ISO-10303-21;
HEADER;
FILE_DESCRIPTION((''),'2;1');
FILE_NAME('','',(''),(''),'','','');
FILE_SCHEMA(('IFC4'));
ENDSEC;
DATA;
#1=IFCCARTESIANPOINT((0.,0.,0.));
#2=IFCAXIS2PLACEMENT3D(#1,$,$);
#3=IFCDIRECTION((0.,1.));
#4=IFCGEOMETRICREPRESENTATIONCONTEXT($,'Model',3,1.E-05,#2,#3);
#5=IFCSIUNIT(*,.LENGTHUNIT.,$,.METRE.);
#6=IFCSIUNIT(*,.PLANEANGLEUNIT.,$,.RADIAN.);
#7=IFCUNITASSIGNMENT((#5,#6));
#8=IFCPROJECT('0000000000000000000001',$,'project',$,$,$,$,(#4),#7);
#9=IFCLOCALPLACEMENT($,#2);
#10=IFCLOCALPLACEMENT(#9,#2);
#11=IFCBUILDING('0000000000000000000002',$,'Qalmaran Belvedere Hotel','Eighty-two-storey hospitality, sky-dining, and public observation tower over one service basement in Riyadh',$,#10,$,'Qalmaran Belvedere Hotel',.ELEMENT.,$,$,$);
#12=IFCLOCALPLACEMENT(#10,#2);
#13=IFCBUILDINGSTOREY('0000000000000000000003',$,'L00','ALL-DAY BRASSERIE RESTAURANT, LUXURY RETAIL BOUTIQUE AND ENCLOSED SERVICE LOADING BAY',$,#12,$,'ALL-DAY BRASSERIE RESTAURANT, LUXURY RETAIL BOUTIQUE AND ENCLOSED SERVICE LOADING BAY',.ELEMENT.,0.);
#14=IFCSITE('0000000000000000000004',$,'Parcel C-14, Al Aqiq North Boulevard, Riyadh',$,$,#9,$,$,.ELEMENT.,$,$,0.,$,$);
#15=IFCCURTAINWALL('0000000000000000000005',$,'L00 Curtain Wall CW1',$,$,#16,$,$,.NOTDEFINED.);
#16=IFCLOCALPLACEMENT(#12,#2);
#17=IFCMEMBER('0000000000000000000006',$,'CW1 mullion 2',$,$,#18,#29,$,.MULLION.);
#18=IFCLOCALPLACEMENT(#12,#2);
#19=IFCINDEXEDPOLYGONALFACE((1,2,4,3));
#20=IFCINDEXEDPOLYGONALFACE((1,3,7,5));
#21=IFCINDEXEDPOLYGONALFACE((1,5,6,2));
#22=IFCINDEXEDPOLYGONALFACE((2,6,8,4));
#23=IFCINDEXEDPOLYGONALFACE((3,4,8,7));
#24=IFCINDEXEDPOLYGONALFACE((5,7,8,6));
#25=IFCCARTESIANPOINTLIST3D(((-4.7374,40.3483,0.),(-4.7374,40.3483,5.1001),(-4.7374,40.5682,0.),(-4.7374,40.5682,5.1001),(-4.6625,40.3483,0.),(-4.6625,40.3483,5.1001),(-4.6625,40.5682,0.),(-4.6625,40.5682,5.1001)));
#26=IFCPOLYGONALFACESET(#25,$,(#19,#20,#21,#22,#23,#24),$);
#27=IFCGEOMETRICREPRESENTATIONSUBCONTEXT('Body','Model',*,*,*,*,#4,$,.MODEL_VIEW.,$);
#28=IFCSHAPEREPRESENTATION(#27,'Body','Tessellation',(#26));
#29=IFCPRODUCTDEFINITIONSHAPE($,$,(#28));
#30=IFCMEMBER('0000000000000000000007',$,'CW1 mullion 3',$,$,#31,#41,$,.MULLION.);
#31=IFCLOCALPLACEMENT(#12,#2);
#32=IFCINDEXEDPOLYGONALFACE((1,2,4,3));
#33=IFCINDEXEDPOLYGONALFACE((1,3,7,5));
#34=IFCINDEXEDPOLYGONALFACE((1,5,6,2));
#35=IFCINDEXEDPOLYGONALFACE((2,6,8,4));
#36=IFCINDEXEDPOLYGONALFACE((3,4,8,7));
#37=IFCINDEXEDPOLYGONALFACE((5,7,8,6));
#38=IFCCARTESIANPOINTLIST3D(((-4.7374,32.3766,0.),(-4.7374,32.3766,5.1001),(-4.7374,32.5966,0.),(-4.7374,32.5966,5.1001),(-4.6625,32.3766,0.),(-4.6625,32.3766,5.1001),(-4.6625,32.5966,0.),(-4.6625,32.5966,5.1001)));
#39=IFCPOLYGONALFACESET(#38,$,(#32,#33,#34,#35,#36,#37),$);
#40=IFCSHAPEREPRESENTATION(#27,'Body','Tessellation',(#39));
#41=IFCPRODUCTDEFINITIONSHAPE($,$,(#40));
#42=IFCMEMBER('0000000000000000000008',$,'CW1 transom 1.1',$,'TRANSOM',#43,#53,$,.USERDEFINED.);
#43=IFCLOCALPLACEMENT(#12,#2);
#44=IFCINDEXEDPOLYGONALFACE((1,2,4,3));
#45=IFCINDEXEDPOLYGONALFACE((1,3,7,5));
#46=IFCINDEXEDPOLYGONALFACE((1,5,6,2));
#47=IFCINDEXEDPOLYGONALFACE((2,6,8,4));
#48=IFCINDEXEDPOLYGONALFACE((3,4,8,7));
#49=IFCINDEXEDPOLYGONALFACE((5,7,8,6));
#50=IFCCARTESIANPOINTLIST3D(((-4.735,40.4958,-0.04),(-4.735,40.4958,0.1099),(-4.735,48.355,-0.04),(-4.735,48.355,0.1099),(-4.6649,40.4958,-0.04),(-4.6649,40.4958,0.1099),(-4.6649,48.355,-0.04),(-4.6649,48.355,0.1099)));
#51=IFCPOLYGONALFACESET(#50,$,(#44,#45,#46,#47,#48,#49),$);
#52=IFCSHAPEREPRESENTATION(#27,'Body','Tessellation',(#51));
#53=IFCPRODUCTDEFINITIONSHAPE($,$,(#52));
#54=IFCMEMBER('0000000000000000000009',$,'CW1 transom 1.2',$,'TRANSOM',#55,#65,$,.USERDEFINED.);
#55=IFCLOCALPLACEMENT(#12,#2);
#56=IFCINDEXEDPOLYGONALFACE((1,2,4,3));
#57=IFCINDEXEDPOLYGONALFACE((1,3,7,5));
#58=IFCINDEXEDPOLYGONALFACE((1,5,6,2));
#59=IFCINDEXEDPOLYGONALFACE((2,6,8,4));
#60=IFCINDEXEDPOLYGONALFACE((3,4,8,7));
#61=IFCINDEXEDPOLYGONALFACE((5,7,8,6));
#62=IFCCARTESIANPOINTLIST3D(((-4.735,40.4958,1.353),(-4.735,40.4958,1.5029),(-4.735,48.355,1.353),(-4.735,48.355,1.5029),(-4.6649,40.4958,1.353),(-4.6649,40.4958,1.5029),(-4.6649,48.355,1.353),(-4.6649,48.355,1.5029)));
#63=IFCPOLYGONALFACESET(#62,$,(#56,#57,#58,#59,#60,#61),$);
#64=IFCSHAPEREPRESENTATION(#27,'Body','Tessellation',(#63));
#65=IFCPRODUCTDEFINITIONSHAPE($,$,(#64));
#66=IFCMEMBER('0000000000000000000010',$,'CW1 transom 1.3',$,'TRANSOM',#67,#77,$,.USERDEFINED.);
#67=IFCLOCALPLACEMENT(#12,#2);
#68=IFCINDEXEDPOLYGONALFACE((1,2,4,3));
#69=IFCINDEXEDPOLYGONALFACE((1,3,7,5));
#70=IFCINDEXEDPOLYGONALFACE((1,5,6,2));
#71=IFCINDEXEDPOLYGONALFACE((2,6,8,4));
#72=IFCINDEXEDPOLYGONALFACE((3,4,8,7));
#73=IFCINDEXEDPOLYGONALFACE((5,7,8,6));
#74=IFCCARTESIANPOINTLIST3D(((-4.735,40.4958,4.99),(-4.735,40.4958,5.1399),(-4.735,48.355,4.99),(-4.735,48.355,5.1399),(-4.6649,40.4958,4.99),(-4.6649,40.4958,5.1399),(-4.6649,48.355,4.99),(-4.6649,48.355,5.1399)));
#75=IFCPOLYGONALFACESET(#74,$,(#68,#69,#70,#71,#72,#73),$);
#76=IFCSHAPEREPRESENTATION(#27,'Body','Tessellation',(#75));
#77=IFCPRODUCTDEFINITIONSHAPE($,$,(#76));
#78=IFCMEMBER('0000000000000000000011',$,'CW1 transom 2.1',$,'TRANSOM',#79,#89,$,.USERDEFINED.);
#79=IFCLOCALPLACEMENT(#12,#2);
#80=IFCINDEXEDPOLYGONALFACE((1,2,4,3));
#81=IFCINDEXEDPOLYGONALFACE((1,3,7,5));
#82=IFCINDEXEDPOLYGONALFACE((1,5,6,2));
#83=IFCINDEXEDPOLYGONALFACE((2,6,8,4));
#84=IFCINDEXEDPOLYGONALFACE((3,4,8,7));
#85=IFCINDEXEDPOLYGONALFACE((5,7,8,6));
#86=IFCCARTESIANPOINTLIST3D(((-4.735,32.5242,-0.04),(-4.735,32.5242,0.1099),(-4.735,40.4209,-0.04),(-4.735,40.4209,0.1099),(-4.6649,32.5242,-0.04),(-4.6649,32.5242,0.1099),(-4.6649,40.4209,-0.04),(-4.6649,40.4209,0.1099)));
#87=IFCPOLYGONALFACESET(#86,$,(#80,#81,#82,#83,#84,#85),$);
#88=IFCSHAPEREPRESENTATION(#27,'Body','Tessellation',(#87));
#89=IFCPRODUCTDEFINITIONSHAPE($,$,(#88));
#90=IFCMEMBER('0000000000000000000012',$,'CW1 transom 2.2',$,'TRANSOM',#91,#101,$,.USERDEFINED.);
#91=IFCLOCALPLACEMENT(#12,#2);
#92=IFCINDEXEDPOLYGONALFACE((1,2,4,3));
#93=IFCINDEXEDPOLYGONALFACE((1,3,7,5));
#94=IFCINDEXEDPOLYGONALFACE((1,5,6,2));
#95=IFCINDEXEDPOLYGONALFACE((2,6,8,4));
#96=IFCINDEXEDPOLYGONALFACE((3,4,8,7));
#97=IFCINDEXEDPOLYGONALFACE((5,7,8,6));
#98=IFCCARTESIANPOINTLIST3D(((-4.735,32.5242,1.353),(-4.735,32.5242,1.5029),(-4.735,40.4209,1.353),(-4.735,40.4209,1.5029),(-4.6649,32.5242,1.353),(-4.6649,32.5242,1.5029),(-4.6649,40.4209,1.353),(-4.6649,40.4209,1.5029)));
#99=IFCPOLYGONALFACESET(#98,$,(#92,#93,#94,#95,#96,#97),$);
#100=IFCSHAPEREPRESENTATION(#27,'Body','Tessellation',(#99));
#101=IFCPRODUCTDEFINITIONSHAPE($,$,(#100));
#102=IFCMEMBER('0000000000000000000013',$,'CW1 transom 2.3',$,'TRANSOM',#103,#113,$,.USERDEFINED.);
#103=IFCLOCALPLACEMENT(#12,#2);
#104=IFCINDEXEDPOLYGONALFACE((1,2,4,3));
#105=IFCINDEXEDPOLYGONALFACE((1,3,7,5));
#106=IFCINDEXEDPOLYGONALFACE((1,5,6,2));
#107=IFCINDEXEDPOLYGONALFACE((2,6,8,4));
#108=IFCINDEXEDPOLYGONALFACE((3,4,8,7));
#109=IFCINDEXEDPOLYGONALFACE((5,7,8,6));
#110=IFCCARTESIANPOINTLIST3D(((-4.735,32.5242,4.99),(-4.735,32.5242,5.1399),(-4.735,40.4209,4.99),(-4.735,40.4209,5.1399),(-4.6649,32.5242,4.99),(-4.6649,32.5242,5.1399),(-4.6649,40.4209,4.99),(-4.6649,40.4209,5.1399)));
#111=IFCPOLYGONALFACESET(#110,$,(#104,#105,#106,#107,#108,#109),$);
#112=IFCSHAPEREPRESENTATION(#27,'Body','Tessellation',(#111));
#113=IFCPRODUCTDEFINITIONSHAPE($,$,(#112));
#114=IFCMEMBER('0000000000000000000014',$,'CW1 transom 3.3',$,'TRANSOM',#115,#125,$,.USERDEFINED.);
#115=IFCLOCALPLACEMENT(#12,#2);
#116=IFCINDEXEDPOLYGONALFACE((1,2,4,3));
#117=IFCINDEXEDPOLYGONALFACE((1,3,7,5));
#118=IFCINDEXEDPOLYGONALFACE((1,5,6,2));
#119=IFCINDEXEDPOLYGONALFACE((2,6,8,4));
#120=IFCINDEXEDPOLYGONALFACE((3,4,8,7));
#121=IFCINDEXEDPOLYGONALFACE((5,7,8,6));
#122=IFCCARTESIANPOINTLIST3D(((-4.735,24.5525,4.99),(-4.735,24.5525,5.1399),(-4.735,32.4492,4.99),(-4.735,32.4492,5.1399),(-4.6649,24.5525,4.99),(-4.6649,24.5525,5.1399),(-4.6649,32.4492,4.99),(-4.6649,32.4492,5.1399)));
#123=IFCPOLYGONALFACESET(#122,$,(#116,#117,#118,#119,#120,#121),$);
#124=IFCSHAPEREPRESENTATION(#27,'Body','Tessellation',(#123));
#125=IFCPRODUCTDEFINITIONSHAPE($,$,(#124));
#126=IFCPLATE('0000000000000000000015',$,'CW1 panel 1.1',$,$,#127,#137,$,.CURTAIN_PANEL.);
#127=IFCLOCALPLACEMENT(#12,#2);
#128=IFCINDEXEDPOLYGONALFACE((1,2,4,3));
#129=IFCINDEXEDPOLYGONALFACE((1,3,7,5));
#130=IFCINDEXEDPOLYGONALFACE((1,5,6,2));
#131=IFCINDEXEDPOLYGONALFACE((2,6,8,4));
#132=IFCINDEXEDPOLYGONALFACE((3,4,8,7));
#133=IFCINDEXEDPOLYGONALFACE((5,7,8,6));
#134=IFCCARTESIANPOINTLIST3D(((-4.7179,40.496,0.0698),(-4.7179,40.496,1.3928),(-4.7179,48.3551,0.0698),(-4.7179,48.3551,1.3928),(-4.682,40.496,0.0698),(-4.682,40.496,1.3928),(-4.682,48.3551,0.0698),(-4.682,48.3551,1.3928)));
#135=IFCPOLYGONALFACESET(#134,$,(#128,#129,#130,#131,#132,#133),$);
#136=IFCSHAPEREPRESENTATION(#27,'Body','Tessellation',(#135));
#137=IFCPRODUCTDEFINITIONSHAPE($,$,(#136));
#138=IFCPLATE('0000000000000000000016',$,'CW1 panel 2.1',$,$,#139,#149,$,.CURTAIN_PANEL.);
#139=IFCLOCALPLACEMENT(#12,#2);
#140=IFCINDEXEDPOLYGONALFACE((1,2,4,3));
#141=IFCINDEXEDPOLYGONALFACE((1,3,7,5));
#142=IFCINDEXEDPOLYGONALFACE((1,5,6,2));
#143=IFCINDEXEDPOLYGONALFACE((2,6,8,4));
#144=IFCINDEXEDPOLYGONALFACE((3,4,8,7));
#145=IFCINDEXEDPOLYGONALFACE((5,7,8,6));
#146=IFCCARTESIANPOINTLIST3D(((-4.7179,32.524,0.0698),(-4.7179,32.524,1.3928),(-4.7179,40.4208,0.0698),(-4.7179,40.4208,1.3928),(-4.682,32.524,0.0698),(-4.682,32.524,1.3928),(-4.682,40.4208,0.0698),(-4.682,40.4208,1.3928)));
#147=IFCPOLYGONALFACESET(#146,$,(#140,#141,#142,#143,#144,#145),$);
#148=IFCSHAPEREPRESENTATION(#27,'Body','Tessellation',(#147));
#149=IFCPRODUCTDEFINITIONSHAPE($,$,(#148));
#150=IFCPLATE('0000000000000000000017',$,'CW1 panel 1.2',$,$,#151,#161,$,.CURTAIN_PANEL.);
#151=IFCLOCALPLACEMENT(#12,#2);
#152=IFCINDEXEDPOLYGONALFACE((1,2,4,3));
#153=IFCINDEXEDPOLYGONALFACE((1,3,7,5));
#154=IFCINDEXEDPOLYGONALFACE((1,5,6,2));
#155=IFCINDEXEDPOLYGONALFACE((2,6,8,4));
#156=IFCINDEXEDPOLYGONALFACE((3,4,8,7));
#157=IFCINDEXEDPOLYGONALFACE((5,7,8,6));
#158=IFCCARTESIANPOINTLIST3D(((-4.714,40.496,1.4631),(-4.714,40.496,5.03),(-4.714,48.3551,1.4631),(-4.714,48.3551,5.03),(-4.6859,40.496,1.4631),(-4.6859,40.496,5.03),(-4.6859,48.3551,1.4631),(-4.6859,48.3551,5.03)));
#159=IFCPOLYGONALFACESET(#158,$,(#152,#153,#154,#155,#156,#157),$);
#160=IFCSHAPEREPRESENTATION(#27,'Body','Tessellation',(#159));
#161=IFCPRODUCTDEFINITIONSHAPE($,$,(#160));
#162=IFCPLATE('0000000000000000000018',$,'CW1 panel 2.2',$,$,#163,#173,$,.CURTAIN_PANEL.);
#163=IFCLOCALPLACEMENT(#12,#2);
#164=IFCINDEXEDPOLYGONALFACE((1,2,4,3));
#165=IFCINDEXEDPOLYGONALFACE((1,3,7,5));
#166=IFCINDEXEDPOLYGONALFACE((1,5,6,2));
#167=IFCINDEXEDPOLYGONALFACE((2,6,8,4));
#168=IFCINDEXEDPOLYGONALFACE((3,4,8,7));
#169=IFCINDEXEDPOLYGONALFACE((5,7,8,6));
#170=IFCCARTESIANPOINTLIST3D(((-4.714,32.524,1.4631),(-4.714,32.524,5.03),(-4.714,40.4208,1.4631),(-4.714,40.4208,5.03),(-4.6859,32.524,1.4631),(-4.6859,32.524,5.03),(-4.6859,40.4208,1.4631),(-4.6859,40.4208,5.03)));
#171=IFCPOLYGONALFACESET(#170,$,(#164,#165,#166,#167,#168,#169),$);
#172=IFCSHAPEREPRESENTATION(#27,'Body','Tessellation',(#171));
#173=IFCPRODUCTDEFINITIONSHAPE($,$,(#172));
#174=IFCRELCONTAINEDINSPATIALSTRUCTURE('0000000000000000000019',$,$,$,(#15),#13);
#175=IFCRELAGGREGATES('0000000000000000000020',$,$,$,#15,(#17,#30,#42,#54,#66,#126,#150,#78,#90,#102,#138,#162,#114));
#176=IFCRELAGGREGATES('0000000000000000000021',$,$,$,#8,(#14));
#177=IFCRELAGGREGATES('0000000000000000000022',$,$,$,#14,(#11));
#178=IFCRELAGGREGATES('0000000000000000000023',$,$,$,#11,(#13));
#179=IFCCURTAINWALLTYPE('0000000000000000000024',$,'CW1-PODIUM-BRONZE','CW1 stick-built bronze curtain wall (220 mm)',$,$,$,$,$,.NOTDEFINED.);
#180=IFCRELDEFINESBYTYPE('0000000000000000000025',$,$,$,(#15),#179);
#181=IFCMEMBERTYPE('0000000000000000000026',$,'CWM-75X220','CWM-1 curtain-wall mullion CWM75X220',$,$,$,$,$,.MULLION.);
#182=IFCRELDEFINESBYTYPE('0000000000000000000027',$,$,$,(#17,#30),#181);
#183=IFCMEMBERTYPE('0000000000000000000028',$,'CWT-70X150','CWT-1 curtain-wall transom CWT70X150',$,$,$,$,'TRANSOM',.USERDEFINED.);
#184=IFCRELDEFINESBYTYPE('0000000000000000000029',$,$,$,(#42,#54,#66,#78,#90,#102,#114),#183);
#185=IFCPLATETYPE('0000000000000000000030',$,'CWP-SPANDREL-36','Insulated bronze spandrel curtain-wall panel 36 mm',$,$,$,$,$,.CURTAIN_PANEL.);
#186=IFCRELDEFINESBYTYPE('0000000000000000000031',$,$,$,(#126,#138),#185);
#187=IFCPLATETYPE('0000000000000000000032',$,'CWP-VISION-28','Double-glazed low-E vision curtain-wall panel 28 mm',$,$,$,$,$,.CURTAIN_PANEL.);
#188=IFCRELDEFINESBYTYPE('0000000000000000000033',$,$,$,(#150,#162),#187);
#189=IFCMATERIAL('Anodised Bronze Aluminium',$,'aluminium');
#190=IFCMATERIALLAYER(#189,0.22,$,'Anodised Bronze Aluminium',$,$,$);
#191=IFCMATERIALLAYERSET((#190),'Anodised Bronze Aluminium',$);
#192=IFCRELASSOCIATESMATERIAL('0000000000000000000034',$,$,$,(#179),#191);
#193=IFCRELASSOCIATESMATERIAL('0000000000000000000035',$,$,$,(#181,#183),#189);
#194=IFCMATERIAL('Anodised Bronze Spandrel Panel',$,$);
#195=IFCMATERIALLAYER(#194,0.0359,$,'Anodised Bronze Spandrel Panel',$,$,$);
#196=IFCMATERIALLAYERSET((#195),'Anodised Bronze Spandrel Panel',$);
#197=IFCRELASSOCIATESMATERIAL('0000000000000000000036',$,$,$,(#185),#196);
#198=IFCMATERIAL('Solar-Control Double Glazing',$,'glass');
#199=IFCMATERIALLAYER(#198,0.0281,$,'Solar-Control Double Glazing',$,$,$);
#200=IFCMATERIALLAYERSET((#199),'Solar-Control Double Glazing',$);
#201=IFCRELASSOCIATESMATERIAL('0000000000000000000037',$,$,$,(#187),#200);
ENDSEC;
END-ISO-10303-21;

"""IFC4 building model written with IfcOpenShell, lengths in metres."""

from ifc_helpers import new_model, si_unit, direction, frame, origin, origin_2d, place, context, subcontext, project, spatial, rectangle, extrude, material, layer, layer_set, material_profile, profile_set, type_object, element, aggregate, save


model = new_model("IFC4")

# Units and contexts
model_context = context("Model", 3, precision=1e-05, world=origin(), true_north=direction((0.0, 1.0)))
body_context = subcontext(model_context, "Body", "Model", "MODEL_VIEW")
ifc_project = project(units=[si_unit("LENGTHUNIT", "METRE"), si_unit("PLANEANGLEUNIT", "RADIAN")], contexts=[model_context])

# Site, building, storey
site_placement = place(None, origin())
site = spatial("IfcSite", under=ifc_project, at=site_placement, Name="Parcel C-14, Al Aqiq North Boulevard, Riyadh", CompositionType="ELEMENT", RefElevation=0.0)
building_placement = place(site_placement, origin())
building = spatial("IfcBuilding", under=site, at=building_placement, Name="Qalmaran Belvedere Hotel", Description="Eighty-two-storey hospitality, sky-dining, and public observation tower over one service basement in Riyadh", LongName="Qalmaran Belvedere Hotel", CompositionType="ELEMENT")
storey_placement = place(building_placement, origin())
storey = spatial("IfcBuildingStorey", under=building, at=storey_placement, Name="L00", Description="ALL-DAY BRASSERIE RESTAURANT, LUXURY RETAIL BOUTIQUE AND ENCLOSED SERVICE LOADING BAY", LongName="ALL-DAY BRASSERIE RESTAURANT, LUXURY RETAIL BOUTIQUE AND ENCLOSED SERVICE LOADING BAY", CompositionType="ELEMENT", Elevation=0.0)

# Curtain wall, members, plates
ifc_material_1 = material(Name="Anodised Bronze Aluminium", Category="aluminium")
ifc_layer_1 = layer(ifc_material_1, 0.22, Name="Anodised Bronze Aluminium")
ifc_layer_set_1 = layer_set([ifc_layer_1], Name="Anodised Bronze Aluminium")
curtain_wall_type = type_object("IfcCurtainWallType", Name="CW1-PODIUM-BRONZE", Description="CW1 stick-built bronze curtain wall (220 mm)", PredefinedType="NOTDEFINED", material=ifc_layer_set_1)
curtain_wall_placement = place(storey_placement, origin())
curtain_wall = element("IfcCurtainWall", 1, at=curtain_wall_placement, inside=storey, type_object=curtain_wall_type, Name="L00 Curtain Wall CW1", PredefinedType="NOTDEFINED")
ifc_material_profile_1 = material_profile(ifc_material_1, rectangle(XDim=0.075, YDim=0.22, at=origin_2d()), Name="CWM75X220")
ifc_profile_set_1 = profile_set([ifc_material_profile_1], Name="Anodised Bronze Aluminium")
member_type_1 = type_object("IfcMemberType", Name="CWM-75X220", Description="CWM-1 curtain-wall mullion CWM75X220", PredefinedType="MULLION", material=ifc_profile_set_1)
member_1_placement = place(storey_placement, frame((-4.7, 40.4583, 0.0), z_axis=(0.0, 0.0, 1.0), x_axis=(1.0, 0.0, 0.0)))
member_1 = element("IfcMember", 2, at=member_1_placement, type_object=member_type_1, Name="CW1 mullion 2", PredefinedType="MULLION", context=body_context, shape_type="SweptSolid", body=[
    extrude(rectangle(XDim=0.075, YDim=0.22, at=origin_2d()), origin(), (0.0, 0.0, 1.0), 5.1001),
])
member_2_placement = place(storey_placement, frame((-4.7, 32.4866, 0.0), z_axis=(0.0, 0.0, 1.0), x_axis=(1.0, 0.0, 0.0)))
member_2 = element("IfcMember", 3, at=member_2_placement, type_object=member_type_1, Name="CW1 mullion 3", PredefinedType="MULLION", context=body_context, shape_type="SweptSolid", body=[
    extrude(rectangle(XDim=0.075, YDim=0.22, at=origin_2d()), origin(), (0.0, 0.0, 1.0), 5.1001),
])
ifc_material_profile_2 = material_profile(ifc_material_1, rectangle(XDim=0.0701, YDim=0.1499, at=origin_2d()), Name="CWT70X150")
ifc_profile_set_2 = profile_set([ifc_material_profile_2], Name="Anodised Bronze Aluminium")
member_type_2 = type_object("IfcMemberType", Name="CWT-70X150", Description="CWT-1 curtain-wall transom CWT70X150", ElementType="TRANSOM", PredefinedType="USERDEFINED", material=ifc_profile_set_2)
member_3_placement = place(storey_placement, frame((-4.7, 48.355, 0.0349), z_axis=(0.0, -1.0, 0.0), x_axis=(1.0, 0.0, 0.0)))
member_3 = element("IfcMember", 4, at=member_3_placement, type_object=member_type_2, Name="CW1 transom 1.1", ObjectType="TRANSOM", PredefinedType="USERDEFINED", context=body_context, shape_type="SweptSolid", body=[
    extrude(rectangle(XDim=0.0701, YDim=0.1499, at=origin_2d()), origin(), (0.0, 0.0, 1.0), 7.8591),
])
member_4_placement = place(storey_placement, frame((-4.7, 48.355, 1.428), z_axis=(0.0, -1.0, 0.0), x_axis=(1.0, 0.0, 0.0)))
member_4 = element("IfcMember", 5, at=member_4_placement, type_object=member_type_2, Name="CW1 transom 1.2", ObjectType="TRANSOM", PredefinedType="USERDEFINED", context=body_context, shape_type="SweptSolid", body=[
    extrude(rectangle(XDim=0.0701, YDim=0.1499, at=origin_2d()), origin(), (0.0, 0.0, 1.0), 7.8591),
])
member_5_placement = place(storey_placement, frame((-4.7, 48.355, 5.0649), z_axis=(0.0, -1.0, 0.0), x_axis=(1.0, 0.0, 0.0)))
member_5 = element("IfcMember", 6, at=member_5_placement, type_object=member_type_2, Name="CW1 transom 1.3", ObjectType="TRANSOM", PredefinedType="USERDEFINED", context=body_context, shape_type="SweptSolid", body=[
    extrude(rectangle(XDim=0.0701, YDim=0.1499, at=origin_2d()), origin(), (0.0, 0.0, 1.0), 7.8591),
])
member_6_placement = place(storey_placement, frame((-4.7, 40.4209, 0.0349), z_axis=(0.0, -1.0, 0.0), x_axis=(1.0, 0.0, 0.0)))
member_6 = element("IfcMember", 7, at=member_6_placement, type_object=member_type_2, Name="CW1 transom 2.1", ObjectType="TRANSOM", PredefinedType="USERDEFINED", context=body_context, shape_type="SweptSolid", body=[
    extrude(rectangle(XDim=0.0701, YDim=0.1499, at=origin_2d()), origin(), (0.0, 0.0, 1.0), 7.8967),
])
member_7_placement = place(storey_placement, frame((-4.7, 40.4209, 1.428), z_axis=(0.0, -1.0, 0.0), x_axis=(1.0, 0.0, 0.0)))
member_7 = element("IfcMember", 8, at=member_7_placement, type_object=member_type_2, Name="CW1 transom 2.2", ObjectType="TRANSOM", PredefinedType="USERDEFINED", context=body_context, shape_type="SweptSolid", body=[
    extrude(rectangle(XDim=0.0701, YDim=0.1499, at=origin_2d()), origin(), (0.0, 0.0, 1.0), 7.8967),
])
member_8_placement = place(storey_placement, frame((-4.7, 40.4209, 5.0649), z_axis=(0.0, -1.0, 0.0), x_axis=(1.0, 0.0, 0.0)))
member_8 = element("IfcMember", 9, at=member_8_placement, type_object=member_type_2, Name="CW1 transom 2.3", ObjectType="TRANSOM", PredefinedType="USERDEFINED", context=body_context, shape_type="SweptSolid", body=[
    extrude(rectangle(XDim=0.0701, YDim=0.1499, at=origin_2d()), origin(), (0.0, 0.0, 1.0), 7.8967),
])
member_9_placement = place(storey_placement, frame((-4.7, 32.4492, 5.0649), z_axis=(0.0, -1.0, 0.0), x_axis=(1.0, 0.0, 0.0)))
member_9 = element("IfcMember", 10, at=member_9_placement, type_object=member_type_2, Name="CW1 transom 3.3", ObjectType="TRANSOM", PredefinedType="USERDEFINED", context=body_context, shape_type="SweptSolid", body=[
    extrude(rectangle(XDim=0.0701, YDim=0.1499, at=origin_2d()), origin(), (0.0, 0.0, 1.0), 7.8967),
])
ifc_material_2 = material(Name="Anodised Bronze Spandrel Panel")
ifc_layer_2 = layer(ifc_material_2, 0.0359, Name="Anodised Bronze Spandrel Panel")
ifc_layer_set_2 = layer_set([ifc_layer_2], Name="Anodised Bronze Spandrel Panel")
plate_type_1 = type_object("IfcPlateType", Name="CWP-SPANDREL-36", Description="Insulated bronze spandrel curtain-wall panel 36 mm", PredefinedType="CURTAIN_PANEL", material=ifc_layer_set_2)
plate_1_placement = place(storey_placement, frame((-4.7, 44.4255, 0.0698), z_axis=(0.0, 0.0, 1.0), x_axis=(0.0, -1.0, 0.0)))
plate_1 = element("IfcPlate", 11, at=plate_1_placement, type_object=plate_type_1, Name="CW1 panel 1.1", PredefinedType="CURTAIN_PANEL", context=body_context, shape_type="SweptSolid", body=[
    extrude(rectangle(XDim=7.8591, YDim=0.0359, at=origin_2d()), origin(), (0.0, 0.0, 1.0), 1.323),
])
plate_2_placement = place(storey_placement, frame((-4.7, 36.4724, 0.0698), z_axis=(0.0, 0.0, 1.0), x_axis=(0.0, -1.0, 0.0)))
plate_2 = element("IfcPlate", 12, at=plate_2_placement, type_object=plate_type_1, Name="CW1 panel 2.1", PredefinedType="CURTAIN_PANEL", context=body_context, shape_type="SweptSolid", body=[
    extrude(rectangle(XDim=7.8967, YDim=0.0359, at=origin_2d()), origin(), (0.0, 0.0, 1.0), 1.323),
])
ifc_material_3 = material(Name="Solar-Control Double Glazing", Category="glass")
ifc_layer_3 = layer(ifc_material_3, 0.0281, Name="Solar-Control Double Glazing")
ifc_layer_set_3 = layer_set([ifc_layer_3], Name="Solar-Control Double Glazing")
plate_type_2 = type_object("IfcPlateType", Name="CWP-VISION-28", Description="Double-glazed low-E vision curtain-wall panel 28 mm", PredefinedType="CURTAIN_PANEL", material=ifc_layer_set_3)
plate_3_placement = place(storey_placement, frame((-4.7, 44.4255, 1.4631), z_axis=(0.0, 0.0, 1.0), x_axis=(0.0, -1.0, 0.0)))
plate_3 = element("IfcPlate", 13, at=plate_3_placement, type_object=plate_type_2, Name="CW1 panel 1.2", PredefinedType="CURTAIN_PANEL", context=body_context, shape_type="SweptSolid", body=[
    extrude(rectangle(XDim=7.8591, YDim=0.0281, at=origin_2d()), origin(), (0.0, 0.0, 1.0), 3.5669),
])
plate_4_placement = place(storey_placement, frame((-4.7, 36.4724, 1.4631), z_axis=(0.0, 0.0, 1.0), x_axis=(0.0, -1.0, 0.0)))
plate_4 = element("IfcPlate", 14, at=plate_4_placement, type_object=plate_type_2, Name="CW1 panel 2.2", PredefinedType="CURTAIN_PANEL", context=body_context, shape_type="SweptSolid", body=[
    extrude(rectangle(XDim=7.8967, YDim=0.0281, at=origin_2d()), origin(), (0.0, 0.0, 1.0), 3.5669),
])
aggregate(curtain_wall, [member_1, member_2, member_3, member_4, member_5, plate_1, plate_3, member_6, member_7, member_8, plate_2, plate_4, member_9])

save(model, "model.ifc")
